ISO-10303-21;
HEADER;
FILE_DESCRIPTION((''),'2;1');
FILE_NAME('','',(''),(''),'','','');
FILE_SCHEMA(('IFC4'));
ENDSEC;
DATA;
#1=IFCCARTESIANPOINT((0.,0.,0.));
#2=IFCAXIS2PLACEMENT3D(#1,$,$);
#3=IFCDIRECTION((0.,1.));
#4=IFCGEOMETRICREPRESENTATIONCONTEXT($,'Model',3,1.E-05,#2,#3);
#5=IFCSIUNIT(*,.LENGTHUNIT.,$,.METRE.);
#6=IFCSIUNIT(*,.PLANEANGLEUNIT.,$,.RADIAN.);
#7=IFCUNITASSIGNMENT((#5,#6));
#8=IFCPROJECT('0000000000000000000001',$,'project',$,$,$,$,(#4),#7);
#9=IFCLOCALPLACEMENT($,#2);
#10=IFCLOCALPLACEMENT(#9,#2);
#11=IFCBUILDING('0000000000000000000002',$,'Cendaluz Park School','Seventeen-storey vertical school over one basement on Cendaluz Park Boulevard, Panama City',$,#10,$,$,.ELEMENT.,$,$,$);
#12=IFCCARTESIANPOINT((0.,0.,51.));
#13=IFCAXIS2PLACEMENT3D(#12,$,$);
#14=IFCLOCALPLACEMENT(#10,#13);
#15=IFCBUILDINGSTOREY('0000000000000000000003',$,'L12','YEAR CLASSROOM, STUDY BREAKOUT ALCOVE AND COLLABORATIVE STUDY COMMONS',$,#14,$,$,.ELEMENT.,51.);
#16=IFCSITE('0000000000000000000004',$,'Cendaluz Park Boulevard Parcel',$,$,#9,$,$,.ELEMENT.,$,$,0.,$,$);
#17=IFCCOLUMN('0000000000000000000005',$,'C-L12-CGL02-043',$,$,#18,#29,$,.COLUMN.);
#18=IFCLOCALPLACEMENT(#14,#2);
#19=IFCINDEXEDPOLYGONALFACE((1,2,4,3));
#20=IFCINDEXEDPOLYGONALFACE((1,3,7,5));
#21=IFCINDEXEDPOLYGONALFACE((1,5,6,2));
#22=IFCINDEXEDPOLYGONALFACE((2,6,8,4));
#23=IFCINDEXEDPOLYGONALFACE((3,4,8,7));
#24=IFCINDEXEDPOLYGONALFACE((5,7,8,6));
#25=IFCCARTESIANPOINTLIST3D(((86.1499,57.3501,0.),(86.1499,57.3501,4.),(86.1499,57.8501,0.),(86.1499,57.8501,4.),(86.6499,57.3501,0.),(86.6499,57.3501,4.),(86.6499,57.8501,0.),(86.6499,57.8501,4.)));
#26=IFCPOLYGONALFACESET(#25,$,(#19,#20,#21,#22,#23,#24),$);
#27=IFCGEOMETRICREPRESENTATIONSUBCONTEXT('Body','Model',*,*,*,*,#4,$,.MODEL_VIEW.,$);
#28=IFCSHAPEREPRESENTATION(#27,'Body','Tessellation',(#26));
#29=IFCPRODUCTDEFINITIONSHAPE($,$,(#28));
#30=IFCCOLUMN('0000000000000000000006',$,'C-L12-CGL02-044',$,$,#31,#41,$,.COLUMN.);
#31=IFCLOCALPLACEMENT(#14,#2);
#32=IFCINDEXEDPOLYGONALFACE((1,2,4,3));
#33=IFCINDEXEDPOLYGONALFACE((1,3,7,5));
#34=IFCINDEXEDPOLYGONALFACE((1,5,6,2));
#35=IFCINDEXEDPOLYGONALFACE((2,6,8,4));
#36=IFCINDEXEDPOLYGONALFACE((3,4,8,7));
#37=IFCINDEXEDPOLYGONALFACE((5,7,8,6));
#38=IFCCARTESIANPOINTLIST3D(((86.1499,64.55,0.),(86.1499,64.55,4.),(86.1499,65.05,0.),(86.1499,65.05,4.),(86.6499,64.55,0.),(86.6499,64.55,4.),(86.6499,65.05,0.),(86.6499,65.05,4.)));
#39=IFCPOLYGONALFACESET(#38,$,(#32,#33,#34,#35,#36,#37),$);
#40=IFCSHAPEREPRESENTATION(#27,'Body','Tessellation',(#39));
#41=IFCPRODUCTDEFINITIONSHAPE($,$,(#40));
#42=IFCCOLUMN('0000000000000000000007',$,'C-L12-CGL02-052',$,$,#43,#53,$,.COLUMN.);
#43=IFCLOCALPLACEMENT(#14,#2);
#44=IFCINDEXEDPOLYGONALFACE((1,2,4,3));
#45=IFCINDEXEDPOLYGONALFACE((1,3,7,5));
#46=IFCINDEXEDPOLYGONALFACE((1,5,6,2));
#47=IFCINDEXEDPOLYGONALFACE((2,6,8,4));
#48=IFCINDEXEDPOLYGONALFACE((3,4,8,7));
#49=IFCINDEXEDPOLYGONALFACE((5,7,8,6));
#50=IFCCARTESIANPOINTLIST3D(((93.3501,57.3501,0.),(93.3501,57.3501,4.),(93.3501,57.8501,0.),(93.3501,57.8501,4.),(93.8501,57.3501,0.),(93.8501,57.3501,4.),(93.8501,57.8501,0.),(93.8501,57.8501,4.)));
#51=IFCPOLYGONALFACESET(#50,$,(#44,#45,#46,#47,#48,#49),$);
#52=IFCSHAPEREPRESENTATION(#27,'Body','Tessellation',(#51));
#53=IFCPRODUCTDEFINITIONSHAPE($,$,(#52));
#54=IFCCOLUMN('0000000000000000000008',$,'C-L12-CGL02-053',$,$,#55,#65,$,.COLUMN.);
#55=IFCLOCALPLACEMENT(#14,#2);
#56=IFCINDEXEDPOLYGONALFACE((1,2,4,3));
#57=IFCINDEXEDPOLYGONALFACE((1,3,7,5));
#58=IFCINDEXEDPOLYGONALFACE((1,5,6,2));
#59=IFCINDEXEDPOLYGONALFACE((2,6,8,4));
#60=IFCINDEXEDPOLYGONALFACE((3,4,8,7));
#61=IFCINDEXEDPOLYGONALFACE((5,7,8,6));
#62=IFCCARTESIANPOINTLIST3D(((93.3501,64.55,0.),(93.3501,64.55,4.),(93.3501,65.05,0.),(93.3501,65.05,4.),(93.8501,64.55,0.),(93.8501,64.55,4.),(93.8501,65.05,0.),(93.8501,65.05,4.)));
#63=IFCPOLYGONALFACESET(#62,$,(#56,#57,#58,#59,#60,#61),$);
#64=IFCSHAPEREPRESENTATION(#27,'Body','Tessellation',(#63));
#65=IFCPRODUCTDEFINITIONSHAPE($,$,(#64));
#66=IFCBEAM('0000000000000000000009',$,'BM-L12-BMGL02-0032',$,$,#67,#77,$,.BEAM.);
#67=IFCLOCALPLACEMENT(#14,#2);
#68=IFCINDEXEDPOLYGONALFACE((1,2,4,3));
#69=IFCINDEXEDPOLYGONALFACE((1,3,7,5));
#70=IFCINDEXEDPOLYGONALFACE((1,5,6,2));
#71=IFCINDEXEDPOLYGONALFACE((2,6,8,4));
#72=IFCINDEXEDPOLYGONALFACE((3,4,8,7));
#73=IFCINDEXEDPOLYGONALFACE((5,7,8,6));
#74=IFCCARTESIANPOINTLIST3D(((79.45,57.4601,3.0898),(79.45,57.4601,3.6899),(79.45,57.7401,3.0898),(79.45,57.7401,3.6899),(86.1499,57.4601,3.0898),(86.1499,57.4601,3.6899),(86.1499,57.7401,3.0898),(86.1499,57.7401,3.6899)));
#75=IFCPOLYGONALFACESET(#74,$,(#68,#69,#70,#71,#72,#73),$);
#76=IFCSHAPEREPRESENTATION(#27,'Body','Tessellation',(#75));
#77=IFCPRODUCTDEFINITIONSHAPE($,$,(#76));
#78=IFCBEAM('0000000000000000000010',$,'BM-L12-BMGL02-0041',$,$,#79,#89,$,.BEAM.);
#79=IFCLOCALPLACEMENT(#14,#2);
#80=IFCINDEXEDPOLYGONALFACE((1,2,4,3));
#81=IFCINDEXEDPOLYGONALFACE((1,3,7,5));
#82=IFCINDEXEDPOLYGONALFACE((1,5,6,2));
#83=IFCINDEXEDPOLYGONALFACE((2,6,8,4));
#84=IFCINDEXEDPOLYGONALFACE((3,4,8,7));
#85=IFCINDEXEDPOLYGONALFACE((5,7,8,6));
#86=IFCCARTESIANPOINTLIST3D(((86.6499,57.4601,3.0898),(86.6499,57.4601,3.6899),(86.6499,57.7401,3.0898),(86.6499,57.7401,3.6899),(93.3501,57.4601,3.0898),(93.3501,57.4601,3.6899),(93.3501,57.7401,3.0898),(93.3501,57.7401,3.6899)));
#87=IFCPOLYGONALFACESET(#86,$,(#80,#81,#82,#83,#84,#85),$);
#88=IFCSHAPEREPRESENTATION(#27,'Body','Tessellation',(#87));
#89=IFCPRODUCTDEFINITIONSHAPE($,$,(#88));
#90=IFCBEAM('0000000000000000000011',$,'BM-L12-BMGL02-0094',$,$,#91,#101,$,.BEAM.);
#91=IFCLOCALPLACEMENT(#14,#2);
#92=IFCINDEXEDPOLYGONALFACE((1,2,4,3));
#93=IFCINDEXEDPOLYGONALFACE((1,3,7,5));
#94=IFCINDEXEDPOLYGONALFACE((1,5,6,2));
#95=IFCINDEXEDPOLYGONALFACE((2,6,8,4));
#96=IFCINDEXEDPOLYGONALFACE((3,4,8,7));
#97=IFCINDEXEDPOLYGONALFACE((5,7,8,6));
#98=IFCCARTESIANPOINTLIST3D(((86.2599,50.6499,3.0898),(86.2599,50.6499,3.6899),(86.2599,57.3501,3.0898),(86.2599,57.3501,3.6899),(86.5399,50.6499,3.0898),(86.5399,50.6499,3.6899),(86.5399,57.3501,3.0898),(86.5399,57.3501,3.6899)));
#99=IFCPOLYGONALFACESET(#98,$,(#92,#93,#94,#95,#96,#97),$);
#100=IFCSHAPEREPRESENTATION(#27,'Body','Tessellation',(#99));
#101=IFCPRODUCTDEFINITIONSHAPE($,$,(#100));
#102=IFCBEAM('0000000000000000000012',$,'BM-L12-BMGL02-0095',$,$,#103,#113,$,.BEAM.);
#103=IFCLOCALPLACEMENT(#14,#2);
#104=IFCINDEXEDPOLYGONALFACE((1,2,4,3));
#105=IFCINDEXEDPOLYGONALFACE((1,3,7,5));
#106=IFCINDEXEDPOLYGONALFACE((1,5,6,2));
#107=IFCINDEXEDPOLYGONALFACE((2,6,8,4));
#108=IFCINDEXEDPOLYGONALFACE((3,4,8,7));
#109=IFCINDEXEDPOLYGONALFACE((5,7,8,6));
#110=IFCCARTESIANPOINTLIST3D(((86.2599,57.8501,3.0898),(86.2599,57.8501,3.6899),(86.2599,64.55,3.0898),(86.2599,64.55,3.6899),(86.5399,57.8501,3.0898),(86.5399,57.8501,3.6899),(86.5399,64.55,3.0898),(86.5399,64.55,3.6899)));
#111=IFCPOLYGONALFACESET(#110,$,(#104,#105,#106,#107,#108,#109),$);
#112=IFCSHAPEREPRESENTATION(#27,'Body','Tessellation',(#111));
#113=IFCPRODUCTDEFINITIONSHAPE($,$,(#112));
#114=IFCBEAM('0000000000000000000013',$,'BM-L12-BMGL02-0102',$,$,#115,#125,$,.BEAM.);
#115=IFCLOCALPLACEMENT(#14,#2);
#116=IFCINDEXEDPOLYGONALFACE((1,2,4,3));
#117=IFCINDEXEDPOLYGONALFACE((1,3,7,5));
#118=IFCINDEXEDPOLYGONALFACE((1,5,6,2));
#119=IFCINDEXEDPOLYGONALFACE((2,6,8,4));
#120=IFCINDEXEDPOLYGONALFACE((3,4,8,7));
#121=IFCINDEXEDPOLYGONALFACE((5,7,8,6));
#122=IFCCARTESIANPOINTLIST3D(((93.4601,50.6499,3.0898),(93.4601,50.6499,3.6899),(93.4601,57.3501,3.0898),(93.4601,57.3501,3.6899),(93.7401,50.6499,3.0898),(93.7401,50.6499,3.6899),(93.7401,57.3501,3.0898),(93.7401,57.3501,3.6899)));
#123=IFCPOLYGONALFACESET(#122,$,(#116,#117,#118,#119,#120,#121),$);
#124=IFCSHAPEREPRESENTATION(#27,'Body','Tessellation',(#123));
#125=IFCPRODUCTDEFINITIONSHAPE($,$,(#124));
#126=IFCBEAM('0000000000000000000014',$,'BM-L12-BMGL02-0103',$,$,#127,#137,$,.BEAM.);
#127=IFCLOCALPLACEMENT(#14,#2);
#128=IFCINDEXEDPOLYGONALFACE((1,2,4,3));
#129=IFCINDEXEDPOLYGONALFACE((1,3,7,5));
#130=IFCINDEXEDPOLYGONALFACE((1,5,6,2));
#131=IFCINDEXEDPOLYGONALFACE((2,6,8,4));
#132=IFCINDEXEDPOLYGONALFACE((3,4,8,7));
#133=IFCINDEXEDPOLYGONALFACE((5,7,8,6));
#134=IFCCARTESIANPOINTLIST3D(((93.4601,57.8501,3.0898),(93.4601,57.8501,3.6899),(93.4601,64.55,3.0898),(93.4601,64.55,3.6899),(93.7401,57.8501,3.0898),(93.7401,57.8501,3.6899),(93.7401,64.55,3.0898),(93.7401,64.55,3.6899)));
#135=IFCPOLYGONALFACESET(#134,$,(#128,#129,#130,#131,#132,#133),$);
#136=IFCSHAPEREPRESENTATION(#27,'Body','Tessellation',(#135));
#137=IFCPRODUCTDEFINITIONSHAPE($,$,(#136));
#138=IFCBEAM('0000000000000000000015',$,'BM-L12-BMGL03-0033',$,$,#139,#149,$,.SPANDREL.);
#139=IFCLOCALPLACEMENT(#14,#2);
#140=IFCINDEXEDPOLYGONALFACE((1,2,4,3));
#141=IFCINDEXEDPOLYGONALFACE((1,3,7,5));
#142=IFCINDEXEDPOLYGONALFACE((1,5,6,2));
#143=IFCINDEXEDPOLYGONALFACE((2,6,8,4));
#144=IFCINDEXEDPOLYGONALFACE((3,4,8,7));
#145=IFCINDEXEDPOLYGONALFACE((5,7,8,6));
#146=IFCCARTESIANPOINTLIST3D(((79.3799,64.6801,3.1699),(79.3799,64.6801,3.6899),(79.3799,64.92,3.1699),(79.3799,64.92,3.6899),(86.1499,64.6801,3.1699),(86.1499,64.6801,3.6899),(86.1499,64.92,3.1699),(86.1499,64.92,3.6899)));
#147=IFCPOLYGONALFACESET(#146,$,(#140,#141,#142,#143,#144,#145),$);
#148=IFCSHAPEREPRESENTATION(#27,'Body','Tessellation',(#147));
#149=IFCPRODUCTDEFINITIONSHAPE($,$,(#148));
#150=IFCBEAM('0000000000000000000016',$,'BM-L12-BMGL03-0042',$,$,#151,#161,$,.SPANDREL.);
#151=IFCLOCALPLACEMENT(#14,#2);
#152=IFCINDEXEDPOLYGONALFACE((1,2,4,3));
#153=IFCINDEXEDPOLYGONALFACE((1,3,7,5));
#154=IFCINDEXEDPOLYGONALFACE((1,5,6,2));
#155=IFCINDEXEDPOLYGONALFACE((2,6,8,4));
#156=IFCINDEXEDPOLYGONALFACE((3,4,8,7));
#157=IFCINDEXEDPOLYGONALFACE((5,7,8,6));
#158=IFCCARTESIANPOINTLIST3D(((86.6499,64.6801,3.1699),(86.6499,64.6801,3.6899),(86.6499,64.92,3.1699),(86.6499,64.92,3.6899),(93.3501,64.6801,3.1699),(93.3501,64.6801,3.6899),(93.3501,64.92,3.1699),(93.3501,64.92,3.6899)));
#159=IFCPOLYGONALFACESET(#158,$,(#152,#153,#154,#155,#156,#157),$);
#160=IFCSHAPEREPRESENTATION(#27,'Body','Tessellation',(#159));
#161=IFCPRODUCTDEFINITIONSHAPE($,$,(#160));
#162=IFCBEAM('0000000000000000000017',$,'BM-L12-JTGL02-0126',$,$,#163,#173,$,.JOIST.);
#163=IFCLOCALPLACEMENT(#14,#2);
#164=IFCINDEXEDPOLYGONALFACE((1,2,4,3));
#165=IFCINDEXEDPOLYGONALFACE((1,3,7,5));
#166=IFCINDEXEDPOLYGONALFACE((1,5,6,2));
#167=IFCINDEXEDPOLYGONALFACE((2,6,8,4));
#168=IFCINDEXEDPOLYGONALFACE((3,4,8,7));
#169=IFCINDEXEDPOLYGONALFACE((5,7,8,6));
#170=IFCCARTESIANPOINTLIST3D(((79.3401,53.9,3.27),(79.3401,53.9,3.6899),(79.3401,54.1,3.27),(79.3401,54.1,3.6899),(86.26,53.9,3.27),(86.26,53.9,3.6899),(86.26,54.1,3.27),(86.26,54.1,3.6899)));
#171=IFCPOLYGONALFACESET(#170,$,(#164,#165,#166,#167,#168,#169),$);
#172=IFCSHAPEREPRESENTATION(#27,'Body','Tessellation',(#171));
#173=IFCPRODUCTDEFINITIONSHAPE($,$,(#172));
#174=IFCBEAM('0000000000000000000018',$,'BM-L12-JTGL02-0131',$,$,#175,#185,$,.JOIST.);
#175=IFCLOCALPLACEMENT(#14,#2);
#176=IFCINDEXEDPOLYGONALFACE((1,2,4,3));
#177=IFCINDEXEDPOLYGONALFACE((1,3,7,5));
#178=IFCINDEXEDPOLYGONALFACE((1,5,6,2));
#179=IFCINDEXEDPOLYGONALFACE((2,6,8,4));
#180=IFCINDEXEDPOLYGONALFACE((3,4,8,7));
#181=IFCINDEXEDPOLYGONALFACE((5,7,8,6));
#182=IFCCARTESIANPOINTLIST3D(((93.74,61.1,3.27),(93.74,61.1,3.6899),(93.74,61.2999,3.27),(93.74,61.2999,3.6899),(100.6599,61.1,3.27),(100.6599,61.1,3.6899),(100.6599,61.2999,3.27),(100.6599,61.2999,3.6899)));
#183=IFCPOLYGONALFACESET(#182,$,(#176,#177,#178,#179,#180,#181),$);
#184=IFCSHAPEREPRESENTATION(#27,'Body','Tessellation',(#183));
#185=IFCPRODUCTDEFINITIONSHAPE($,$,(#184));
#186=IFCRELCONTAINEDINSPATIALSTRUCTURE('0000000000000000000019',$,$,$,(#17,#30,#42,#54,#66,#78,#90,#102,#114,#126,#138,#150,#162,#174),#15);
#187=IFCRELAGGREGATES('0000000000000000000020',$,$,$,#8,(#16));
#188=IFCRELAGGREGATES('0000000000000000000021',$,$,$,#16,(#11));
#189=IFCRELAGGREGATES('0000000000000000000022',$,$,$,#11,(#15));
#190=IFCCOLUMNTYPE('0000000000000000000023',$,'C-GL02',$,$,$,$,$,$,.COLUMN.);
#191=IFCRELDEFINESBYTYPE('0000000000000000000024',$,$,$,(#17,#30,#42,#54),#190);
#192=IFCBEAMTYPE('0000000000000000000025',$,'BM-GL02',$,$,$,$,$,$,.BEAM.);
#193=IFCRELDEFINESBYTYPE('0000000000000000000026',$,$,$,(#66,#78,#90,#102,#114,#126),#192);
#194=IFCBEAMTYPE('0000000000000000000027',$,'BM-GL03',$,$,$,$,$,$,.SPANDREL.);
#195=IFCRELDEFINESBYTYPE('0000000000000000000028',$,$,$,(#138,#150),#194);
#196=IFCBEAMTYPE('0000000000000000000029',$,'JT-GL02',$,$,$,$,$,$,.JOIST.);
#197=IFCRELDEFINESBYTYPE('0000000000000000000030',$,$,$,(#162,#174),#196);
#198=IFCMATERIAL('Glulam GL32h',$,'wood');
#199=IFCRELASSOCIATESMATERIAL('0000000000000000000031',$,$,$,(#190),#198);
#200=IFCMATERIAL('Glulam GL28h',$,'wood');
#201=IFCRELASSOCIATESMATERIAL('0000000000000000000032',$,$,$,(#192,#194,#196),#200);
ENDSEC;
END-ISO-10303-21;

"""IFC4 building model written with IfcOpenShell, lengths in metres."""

from ifc_helpers import new_model, si_unit, direction, frame, origin, origin_2d, place, context, subcontext, project, spatial, rectangle, extrude, material, material_profile, profile_set, type_object, element, save


model = new_model("IFC4")

# Units and contexts
model_context = context("Model", 3, precision=1e-05, world=origin(), true_north=direction((0.0, 1.0)))
body_context = subcontext(model_context, "Body", "Model", "MODEL_VIEW")
ifc_project = project(units=[si_unit("LENGTHUNIT", "METRE"), si_unit("PLANEANGLEUNIT", "RADIAN")], contexts=[model_context])

# Site, building, storey
site_placement = place(None, origin())
site = spatial("IfcSite", under=ifc_project, at=site_placement, Name="Cendaluz Park Boulevard Parcel", CompositionType="ELEMENT", RefElevation=0.0)
building_placement = place(site_placement, origin())
building = spatial("IfcBuilding", under=site, at=building_placement, Name="Cendaluz Park School", Description="Seventeen-storey vertical school over one basement on Cendaluz Park Boulevard, Panama City", CompositionType="ELEMENT")
storey_placement = place(building_placement, frame((0.0, 0.0, 51.0)))
storey = spatial("IfcBuildingStorey", under=building, at=storey_placement, Name="L12", Description="YEAR CLASSROOM, STUDY BREAKOUT ALCOVE AND COLLABORATIVE STUDY COMMONS", CompositionType="ELEMENT", Elevation=51.0)

# Columns
ifc_material_1 = material(Name="Glulam GL32h", Category="wood")
ifc_material_profile_1 = material_profile(ifc_material_1, rectangle(XDim=0.5, YDim=0.5, at=origin_2d()), Name="GL32h 500x500", Category="wood")
ifc_profile_set_1 = profile_set([ifc_material_profile_1], Name="Glulam GL32h")
column_type = type_object("IfcColumnType", Name="C-GL02", PredefinedType="COLUMN", material=ifc_profile_set_1)
for number, where, z_axis, x_axis, name in (
    (1, (86.3999, 57.6001, 0.0), (0.0, 0.0, 1.0), (1.0, 0.0, 0.0), "C-L12-CGL02-043"),
    (2, (86.3999, 64.8, 0.0), (0.0, 0.0, 1.0), (1.0, 0.0, 0.0), "C-L12-CGL02-044"),
    (3, (93.6001, 57.6001, 0.0), (0.0, 0.0, 1.0), (1.0, 0.0, 0.0), "C-L12-CGL02-052"),
    (4, (93.6001, 64.8, 0.0), (0.0, 0.0, 1.0), (1.0, 0.0, 0.0), "C-L12-CGL02-053"),
):
    element("IfcColumn", number, at=place(storey_placement, frame(where, z_axis=z_axis, x_axis=x_axis)), inside=storey, type_object=column_type, Name=name, PredefinedType="COLUMN", context=body_context, shape_type="SweptSolid", body=[
        extrude(rectangle(XDim=0.5, YDim=0.5, at=origin_2d()), origin(), (0.0, 0.0, 1.0), 4.0),
    ])

# Beams
ifc_material_2 = material(Name="Glulam GL28h", Category="wood")
ifc_material_profile_2 = material_profile(ifc_material_2, rectangle(XDim=0.28, YDim=0.6001, at=origin_2d()), Name="GL28h 280x600", Category="wood")
ifc_profile_set_2 = profile_set([ifc_material_profile_2], Name="Glulam GL28h")
beam_type_1 = type_object("IfcBeamType", Name="BM-GL02", PredefinedType="BEAM", material=ifc_profile_set_2)
beam_1_placement = place(storey_placement, frame((79.45, 57.6001, 3.3899), z_axis=(1.0, 0.0, 0.0), x_axis=(0.0, 1.0, 0.0)))
element("IfcBeam", 5, at=beam_1_placement, inside=storey, type_object=beam_type_1, Name="BM-L12-BMGL02-0032", PredefinedType="BEAM", context=body_context, shape_type="SweptSolid", body=[
    extrude(rectangle(XDim=0.28, YDim=0.6001, at=origin_2d()), origin(), (0.0, 0.0, 1.0), 6.7),
])
for number, where, z_axis, x_axis, name in (
    (6, (86.6499, 57.6001, 3.3899), (1.0, 0.0, 0.0), (0.0, 1.0, 0.0), "BM-L12-BMGL02-0041"),
    (7, (86.3999, 50.6499, 3.3899), (0.0, 1.0, 0.0), (-1.0, 0.0, 0.0), "BM-L12-BMGL02-0094"),
):
    element("IfcBeam", number, at=place(storey_placement, frame(where, z_axis=z_axis, x_axis=x_axis)), inside=storey, type_object=beam_type_1, Name=name, PredefinedType="BEAM", context=body_context, shape_type="SweptSolid", body=[
        extrude(rectangle(XDim=0.28, YDim=0.6001, at=origin_2d()), origin(), (0.0, 0.0, 1.0), 6.7002),
    ])
beam_2_placement = place(storey_placement, frame((86.3999, 57.8501, 3.3899), z_axis=(0.0, 1.0, 0.0), x_axis=(-1.0, 0.0, 0.0)))
element("IfcBeam", 8, at=beam_2_placement, inside=storey, type_object=beam_type_1, Name="BM-L12-BMGL02-0095", PredefinedType="BEAM", context=body_context, shape_type="SweptSolid", body=[
    extrude(rectangle(XDim=0.28, YDim=0.6001, at=origin_2d()), origin(), (0.0, 0.0, 1.0), 6.7),
])
beam_3_placement = place(storey_placement, frame((93.6001, 50.6499, 3.3899), z_axis=(0.0, 1.0, 0.0), x_axis=(-1.0, 0.0, 0.0)))
element("IfcBeam", 9, at=beam_3_placement, inside=storey, type_object=beam_type_1, Name="BM-L12-BMGL02-0102", PredefinedType="BEAM", context=body_context, shape_type="SweptSolid", body=[
    extrude(rectangle(XDim=0.28, YDim=0.6001, at=origin_2d()), origin(), (0.0, 0.0, 1.0), 6.7002),
])
beam_4_placement = place(storey_placement, frame((93.6001, 57.8501, 3.3899), z_axis=(0.0, 1.0, 0.0), x_axis=(-1.0, 0.0, 0.0)))
element("IfcBeam", 10, at=beam_4_placement, inside=storey, type_object=beam_type_1, Name="BM-L12-BMGL02-0103", PredefinedType="BEAM", context=body_context, shape_type="SweptSolid", body=[
    extrude(rectangle(XDim=0.28, YDim=0.6001, at=origin_2d()), origin(), (0.0, 0.0, 1.0), 6.7),
])
ifc_material_profile_3 = material_profile(ifc_material_2, rectangle(XDim=0.24, YDim=0.52, at=origin_2d()), Name="GL28h 240x520", Category="wood")
ifc_profile_set_3 = profile_set([ifc_material_profile_3], Name="Glulam GL28h")
beam_type_2 = type_object("IfcBeamType", Name="BM-GL03", PredefinedType="SPANDREL", material=ifc_profile_set_3)
beam_5_placement = place(storey_placement, frame((79.3799, 64.8, 3.4299), z_axis=(1.0, 0.0, 0.0), x_axis=(0.0, 1.0, 0.0)))
element("IfcBeam", 11, at=beam_5_placement, inside=storey, type_object=beam_type_2, Name="BM-L12-BMGL03-0033", PredefinedType="SPANDREL", context=body_context, shape_type="SweptSolid", body=[
    extrude(rectangle(XDim=0.24, YDim=0.52, at=origin_2d()), origin(), (0.0, 0.0, 1.0), 6.77),
])
beam_6_placement = place(storey_placement, frame((86.6499, 64.8, 3.4299), z_axis=(1.0, 0.0, 0.0), x_axis=(0.0, 1.0, 0.0)))
element("IfcBeam", 12, at=beam_6_placement, inside=storey, type_object=beam_type_2, Name="BM-L12-BMGL03-0042", PredefinedType="SPANDREL", context=body_context, shape_type="SweptSolid", body=[
    extrude(rectangle(XDim=0.24, YDim=0.52, at=origin_2d()), origin(), (0.0, 0.0, 1.0), 6.7002),
])
ifc_material_profile_4 = material_profile(ifc_material_2, rectangle(XDim=0.2, YDim=0.4199, at=origin_2d()), Name="GL28h 200x420", Category="wood")
ifc_profile_set_4 = profile_set([ifc_material_profile_4], Name="Glulam GL28h")
beam_type_3 = type_object("IfcBeamType", Name="JT-GL02", PredefinedType="JOIST", material=ifc_profile_set_4)
for number, where, z_axis, x_axis, name in (
    (13, (79.3401, 54.0, 3.48), (1.0, 0.0, 0.0), (0.0, 1.0, 0.0), "BM-L12-JTGL02-0126"),
    (14, (93.74, 61.2, 3.48), (1.0, 0.0, 0.0), (0.0, 1.0, 0.0), "BM-L12-JTGL02-0131"),
):
    element("IfcBeam", number, at=place(storey_placement, frame(where, z_axis=z_axis, x_axis=x_axis)), inside=storey, type_object=beam_type_3, Name=name, PredefinedType="JOIST", context=body_context, shape_type="SweptSolid", body=[
        extrude(rectangle(XDim=0.2, YDim=0.4199, at=origin_2d()), origin(), (0.0, 0.0, 1.0), 6.9199),
    ])

save(model, "model.ifc")
